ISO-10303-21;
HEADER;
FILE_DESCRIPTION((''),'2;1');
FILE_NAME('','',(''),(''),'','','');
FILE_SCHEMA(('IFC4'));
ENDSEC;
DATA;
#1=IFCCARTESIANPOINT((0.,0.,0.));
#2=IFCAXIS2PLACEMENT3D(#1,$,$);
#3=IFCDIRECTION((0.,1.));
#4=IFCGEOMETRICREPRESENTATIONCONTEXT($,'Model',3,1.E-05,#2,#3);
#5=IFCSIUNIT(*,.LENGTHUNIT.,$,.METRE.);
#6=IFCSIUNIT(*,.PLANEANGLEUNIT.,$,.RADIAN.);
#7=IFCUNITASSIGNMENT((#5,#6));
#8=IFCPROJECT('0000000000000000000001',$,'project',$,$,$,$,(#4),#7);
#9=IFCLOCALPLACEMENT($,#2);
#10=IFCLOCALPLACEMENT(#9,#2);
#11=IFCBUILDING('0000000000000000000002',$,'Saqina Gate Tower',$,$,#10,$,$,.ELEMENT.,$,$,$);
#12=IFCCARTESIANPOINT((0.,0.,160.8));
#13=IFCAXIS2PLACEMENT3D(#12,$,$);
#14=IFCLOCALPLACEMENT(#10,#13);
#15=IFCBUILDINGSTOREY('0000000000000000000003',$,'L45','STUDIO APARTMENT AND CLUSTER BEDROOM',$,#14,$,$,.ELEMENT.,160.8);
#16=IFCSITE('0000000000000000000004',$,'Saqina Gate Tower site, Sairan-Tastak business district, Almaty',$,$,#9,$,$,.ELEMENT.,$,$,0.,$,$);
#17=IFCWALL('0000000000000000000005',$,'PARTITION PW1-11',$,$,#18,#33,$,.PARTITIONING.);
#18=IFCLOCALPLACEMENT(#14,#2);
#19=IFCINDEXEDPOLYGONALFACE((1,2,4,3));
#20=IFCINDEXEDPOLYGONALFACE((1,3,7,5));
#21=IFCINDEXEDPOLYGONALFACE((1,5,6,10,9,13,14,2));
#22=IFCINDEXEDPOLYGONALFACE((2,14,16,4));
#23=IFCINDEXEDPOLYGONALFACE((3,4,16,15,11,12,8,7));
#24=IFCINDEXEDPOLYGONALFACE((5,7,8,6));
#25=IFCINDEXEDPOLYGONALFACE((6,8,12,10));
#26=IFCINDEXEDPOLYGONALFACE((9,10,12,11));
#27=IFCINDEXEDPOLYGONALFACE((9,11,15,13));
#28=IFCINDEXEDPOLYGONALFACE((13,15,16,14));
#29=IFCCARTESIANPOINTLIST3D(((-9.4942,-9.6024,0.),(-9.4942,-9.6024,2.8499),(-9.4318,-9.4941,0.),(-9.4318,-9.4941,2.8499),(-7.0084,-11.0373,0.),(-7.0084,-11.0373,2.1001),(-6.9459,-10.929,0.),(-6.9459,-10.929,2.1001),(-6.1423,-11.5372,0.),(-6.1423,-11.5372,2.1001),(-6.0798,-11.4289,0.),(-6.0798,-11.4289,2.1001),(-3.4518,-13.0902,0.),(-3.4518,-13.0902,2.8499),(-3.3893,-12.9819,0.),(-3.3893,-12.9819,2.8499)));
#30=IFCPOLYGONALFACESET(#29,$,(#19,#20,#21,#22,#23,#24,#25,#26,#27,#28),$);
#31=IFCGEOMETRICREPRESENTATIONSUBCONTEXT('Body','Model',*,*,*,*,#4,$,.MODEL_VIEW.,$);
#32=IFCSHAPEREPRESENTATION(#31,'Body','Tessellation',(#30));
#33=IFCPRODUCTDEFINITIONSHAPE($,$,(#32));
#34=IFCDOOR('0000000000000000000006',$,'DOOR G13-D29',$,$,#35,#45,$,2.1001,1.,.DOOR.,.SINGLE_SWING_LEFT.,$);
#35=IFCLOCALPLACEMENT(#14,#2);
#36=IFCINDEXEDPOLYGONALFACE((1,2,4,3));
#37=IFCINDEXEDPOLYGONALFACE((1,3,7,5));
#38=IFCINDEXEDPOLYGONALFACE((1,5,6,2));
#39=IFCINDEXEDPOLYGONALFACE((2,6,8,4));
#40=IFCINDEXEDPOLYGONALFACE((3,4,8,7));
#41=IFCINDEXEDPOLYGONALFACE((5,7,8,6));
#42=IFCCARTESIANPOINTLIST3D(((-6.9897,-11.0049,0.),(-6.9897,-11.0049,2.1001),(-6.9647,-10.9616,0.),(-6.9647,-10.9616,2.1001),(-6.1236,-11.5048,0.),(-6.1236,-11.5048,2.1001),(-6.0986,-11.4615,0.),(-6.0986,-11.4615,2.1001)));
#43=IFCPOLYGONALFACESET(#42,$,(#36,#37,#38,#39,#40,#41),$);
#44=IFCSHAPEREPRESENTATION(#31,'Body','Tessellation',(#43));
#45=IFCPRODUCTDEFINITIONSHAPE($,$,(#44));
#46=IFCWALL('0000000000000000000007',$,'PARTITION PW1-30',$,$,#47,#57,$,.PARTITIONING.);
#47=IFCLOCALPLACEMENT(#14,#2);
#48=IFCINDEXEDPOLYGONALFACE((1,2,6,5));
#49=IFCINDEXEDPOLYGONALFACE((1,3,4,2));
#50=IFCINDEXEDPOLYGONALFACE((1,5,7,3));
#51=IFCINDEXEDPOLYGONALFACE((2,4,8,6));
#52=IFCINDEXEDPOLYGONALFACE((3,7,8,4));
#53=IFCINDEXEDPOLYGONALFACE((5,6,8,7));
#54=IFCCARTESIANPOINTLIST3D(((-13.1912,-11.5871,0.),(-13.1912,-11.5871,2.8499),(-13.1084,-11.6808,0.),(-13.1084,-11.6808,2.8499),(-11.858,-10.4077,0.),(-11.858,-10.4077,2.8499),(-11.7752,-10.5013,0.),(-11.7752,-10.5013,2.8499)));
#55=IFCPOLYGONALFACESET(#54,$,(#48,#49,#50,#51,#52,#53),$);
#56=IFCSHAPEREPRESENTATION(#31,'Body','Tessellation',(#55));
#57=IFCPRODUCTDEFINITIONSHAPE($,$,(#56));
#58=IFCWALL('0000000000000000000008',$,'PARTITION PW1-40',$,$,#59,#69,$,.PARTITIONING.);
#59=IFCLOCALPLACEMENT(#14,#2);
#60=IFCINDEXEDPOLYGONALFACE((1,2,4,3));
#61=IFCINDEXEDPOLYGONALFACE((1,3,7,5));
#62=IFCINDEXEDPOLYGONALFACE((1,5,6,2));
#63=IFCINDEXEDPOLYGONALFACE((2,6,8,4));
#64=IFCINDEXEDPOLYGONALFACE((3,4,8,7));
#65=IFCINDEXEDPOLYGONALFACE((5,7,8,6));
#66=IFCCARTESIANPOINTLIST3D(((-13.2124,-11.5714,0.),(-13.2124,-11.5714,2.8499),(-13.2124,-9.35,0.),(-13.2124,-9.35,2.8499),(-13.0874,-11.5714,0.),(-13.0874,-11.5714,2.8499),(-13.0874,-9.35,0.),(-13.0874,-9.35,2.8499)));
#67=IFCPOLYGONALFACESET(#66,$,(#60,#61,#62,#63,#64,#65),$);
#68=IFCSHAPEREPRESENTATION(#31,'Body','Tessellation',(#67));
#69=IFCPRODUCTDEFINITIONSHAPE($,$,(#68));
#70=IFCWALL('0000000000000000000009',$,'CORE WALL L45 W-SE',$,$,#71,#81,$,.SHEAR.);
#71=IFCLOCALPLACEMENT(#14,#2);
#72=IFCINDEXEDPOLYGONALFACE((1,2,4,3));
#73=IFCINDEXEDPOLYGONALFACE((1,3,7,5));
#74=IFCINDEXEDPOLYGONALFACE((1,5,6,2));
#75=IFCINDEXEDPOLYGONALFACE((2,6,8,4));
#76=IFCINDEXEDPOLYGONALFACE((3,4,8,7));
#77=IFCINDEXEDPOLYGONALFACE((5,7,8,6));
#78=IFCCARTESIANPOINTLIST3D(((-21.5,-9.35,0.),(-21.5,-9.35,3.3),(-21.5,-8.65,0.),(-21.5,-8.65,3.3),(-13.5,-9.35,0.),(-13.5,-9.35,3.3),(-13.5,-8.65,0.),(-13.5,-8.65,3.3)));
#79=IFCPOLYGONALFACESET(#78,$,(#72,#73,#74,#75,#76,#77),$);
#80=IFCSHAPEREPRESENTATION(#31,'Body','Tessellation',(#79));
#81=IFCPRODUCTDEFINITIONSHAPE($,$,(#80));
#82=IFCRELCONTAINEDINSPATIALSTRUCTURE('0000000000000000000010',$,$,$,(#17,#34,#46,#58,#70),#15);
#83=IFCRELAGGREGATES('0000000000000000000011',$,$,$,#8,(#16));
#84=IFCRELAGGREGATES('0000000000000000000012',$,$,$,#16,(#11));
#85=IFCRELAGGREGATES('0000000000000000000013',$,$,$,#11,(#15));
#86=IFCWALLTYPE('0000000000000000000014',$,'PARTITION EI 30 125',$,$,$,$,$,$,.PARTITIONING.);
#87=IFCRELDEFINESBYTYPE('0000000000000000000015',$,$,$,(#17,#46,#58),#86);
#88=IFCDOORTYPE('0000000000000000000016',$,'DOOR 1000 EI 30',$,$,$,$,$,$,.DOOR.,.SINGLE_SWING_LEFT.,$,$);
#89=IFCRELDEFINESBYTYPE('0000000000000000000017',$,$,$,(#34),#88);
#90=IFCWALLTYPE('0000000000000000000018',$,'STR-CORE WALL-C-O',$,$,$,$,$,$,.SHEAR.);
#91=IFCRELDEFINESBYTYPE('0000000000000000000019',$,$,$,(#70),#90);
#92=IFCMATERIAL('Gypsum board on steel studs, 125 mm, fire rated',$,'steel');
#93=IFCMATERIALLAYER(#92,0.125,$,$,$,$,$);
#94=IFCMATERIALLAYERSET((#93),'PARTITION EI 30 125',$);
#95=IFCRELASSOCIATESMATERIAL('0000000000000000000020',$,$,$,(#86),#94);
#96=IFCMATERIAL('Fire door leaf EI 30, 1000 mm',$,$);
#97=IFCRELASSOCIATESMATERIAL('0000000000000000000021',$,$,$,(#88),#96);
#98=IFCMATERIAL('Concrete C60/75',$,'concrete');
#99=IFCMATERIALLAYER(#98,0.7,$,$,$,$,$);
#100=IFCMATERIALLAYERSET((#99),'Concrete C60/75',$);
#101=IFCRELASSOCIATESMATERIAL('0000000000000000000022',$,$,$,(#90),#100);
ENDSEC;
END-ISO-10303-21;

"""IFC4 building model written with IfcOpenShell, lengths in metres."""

from ifc_helpers import new_model, si_unit, direction, frame, frame_2d, origin, place, context, subcontext, project, spatial, rectangle, extrude, material, layer, layer_set, type_object, element, fill, save


model = new_model("IFC4")

# Units and contexts
model_context = context("Model", 3, precision=1e-05, world=origin(), true_north=direction((0.0, 1.0)))
body_context = subcontext(model_context, "Body", "Model", "MODEL_VIEW")
ifc_project = project(units=[si_unit("LENGTHUNIT", "METRE"), si_unit("PLANEANGLEUNIT", "RADIAN")], contexts=[model_context])

# Site, building, storey
site_placement = place(None, origin())
site = spatial("IfcSite", under=ifc_project, at=site_placement, Name="Saqina Gate Tower site, Sairan-Tastak business district, Almaty", CompositionType="ELEMENT", RefElevation=0.0)
building_placement = place(site_placement, origin())
building = spatial("IfcBuilding", under=site, at=building_placement, Name="Saqina Gate Tower", CompositionType="ELEMENT")
storey_placement = place(building_placement, frame((0.0, 0.0, 160.8)))
storey = spatial("IfcBuildingStorey", under=building, at=storey_placement, Name="L45", Description="STUDIO APARTMENT AND CLUSTER BEDROOM", CompositionType="ELEMENT", Elevation=160.8)

# Shared definitions
ifc_material_1 = material(Name="Gypsum board on steel studs, 125 mm, fire rated", Category="steel")
ifc_layer_1 = layer(ifc_material_1, 0.125)
ifc_layer_set_1 = layer_set([ifc_layer_1], Name="PARTITION EI 30 125")
wall_type_1 = type_object("IfcWallType", Name="PARTITION EI 30 125", PredefinedType="PARTITIONING", material=ifc_layer_set_1)

# Wall, opening, door
wall_1_placement = place(storey_placement, frame((-9.4629, -9.5483, 0.0), z_axis=(0.0, 0.0, 1.0), x_axis=(0.866077, -0.49991, 0.0)))
wall_1 = element("IfcWall", 1, at=wall_1_placement, inside=storey, type_object=wall_type_1, Name="PARTITION PW1-11", PredefinedType="PARTITIONING", context=body_context, shape_type="SweptSolid", body=[
    extrude(rectangle(XDim=6.9768, YDim=0.125, at=frame_2d((3.4883, 0.0))), origin(), (0.0, 0.0, 1.0), 2.8499),
])
opening_1_placement = place(wall_1_placement, frame((2.8701, 0.0, 0.0)))
opening_1 = element("IfcOpeningElement", 2, at=opening_1_placement, cuts=wall_1, PredefinedType="OPENING", context=body_context, shape_type="SweptSolid", body=[
    extrude(rectangle(XDim=1.0, YDim=2.1001, at=frame_2d((0.5, 1.05))), frame((0.0, 0.0745, 0.0), z_axis=(0.0, -1.0, 0.0), x_axis=(1.0, 0.0, 0.0)), (0.0, 0.0, 1.0), 0.1489),
])
ifc_material_2 = material(Name="Fire door leaf EI 30, 1000 mm")
door_type_1 = type_object("IfcDoorType", Name="DOOR 1000 EI 30", OperationType="SINGLE_SWING_LEFT", PredefinedType="DOOR", material=ifc_material_2)
door_1_placement = place(opening_1_placement, origin())
door_1 = element("IfcDoor", 3, at=door_1_placement, inside=storey, type_object=door_type_1, Name="DOOR G13-D29", OperationType="SINGLE_SWING_LEFT", OverallHeight=2.1001, OverallWidth=1.0, PredefinedType="DOOR", context=body_context, shape_type="SweptSolid", body=[
    extrude(rectangle(XDim=1.0, YDim=2.1001, at=frame_2d((0.5, 1.05))), frame((0.0, 0.0249, 0.0), z_axis=(0.0, -1.0, 0.0), x_axis=(1.0, 0.0, 0.0)), (0.0, 0.0, 1.0), 0.05),
])
fill(opening_1, door_1)

# Walls
wall_2_placement = place(storey_placement, frame((-13.1499, -11.634, 0.0), z_axis=(0.0, 0.0, 1.0), x_axis=(0.748989, 0.662583, 0.0)))
element("IfcWall", 4, at=wall_2_placement, inside=storey, type_object=wall_type_1, Name="PARTITION PW1-30", PredefinedType="PARTITIONING", context=body_context, shape_type="SweptSolid", body=[
    extrude(rectangle(XDim=1.78, YDim=0.125, at=frame_2d((0.8901, 0.0))), origin(), (0.0, 0.0, 1.0), 2.8499),
])
wall_3_placement = place(storey_placement, frame((-13.1499, -11.5715, 0.0), z_axis=(0.0, 0.0, 1.0), x_axis=(0.0, 1.0, 0.0)))
element("IfcWall", 5, at=wall_3_placement, inside=storey, type_object=wall_type_1, Name="PARTITION PW1-40", PredefinedType="PARTITIONING", context=body_context, shape_type="SweptSolid", body=[
    extrude(rectangle(XDim=2.2214, YDim=0.125, at=frame_2d((1.1108, 0.0))), origin(), (0.0, 0.0, 1.0), 2.8499),
])

# Shared definitions
ifc_material_3 = material(Name="Concrete C60/75", Category="concrete")
ifc_layer_2 = layer(ifc_material_3, 0.7)
ifc_layer_set_2 = layer_set([ifc_layer_2], Name="Concrete C60/75")
wall_type_2 = type_object("IfcWallType", Name="STR-CORE WALL-C-O", PredefinedType="SHEAR", material=ifc_layer_set_2)

# Wall
wall_4_placement = place(storey_placement, frame((-13.5, -9.0, 0.0), z_axis=(0.0, 0.0, 1.0), x_axis=(-1.0, 0.0, 0.0)))
element("IfcWall", 6, at=wall_4_placement, inside=storey, type_object=wall_type_2, Name="CORE WALL L45 W-SE", PredefinedType="SHEAR", context=body_context, shape_type="SweptSolid", body=[
    extrude(rectangle(XDim=8.0, YDim=0.7, at=frame_2d((4.0, 0.0))), origin(), (0.0, 0.0, 1.0), 3.3),
])

save(model, "model.ifc")
